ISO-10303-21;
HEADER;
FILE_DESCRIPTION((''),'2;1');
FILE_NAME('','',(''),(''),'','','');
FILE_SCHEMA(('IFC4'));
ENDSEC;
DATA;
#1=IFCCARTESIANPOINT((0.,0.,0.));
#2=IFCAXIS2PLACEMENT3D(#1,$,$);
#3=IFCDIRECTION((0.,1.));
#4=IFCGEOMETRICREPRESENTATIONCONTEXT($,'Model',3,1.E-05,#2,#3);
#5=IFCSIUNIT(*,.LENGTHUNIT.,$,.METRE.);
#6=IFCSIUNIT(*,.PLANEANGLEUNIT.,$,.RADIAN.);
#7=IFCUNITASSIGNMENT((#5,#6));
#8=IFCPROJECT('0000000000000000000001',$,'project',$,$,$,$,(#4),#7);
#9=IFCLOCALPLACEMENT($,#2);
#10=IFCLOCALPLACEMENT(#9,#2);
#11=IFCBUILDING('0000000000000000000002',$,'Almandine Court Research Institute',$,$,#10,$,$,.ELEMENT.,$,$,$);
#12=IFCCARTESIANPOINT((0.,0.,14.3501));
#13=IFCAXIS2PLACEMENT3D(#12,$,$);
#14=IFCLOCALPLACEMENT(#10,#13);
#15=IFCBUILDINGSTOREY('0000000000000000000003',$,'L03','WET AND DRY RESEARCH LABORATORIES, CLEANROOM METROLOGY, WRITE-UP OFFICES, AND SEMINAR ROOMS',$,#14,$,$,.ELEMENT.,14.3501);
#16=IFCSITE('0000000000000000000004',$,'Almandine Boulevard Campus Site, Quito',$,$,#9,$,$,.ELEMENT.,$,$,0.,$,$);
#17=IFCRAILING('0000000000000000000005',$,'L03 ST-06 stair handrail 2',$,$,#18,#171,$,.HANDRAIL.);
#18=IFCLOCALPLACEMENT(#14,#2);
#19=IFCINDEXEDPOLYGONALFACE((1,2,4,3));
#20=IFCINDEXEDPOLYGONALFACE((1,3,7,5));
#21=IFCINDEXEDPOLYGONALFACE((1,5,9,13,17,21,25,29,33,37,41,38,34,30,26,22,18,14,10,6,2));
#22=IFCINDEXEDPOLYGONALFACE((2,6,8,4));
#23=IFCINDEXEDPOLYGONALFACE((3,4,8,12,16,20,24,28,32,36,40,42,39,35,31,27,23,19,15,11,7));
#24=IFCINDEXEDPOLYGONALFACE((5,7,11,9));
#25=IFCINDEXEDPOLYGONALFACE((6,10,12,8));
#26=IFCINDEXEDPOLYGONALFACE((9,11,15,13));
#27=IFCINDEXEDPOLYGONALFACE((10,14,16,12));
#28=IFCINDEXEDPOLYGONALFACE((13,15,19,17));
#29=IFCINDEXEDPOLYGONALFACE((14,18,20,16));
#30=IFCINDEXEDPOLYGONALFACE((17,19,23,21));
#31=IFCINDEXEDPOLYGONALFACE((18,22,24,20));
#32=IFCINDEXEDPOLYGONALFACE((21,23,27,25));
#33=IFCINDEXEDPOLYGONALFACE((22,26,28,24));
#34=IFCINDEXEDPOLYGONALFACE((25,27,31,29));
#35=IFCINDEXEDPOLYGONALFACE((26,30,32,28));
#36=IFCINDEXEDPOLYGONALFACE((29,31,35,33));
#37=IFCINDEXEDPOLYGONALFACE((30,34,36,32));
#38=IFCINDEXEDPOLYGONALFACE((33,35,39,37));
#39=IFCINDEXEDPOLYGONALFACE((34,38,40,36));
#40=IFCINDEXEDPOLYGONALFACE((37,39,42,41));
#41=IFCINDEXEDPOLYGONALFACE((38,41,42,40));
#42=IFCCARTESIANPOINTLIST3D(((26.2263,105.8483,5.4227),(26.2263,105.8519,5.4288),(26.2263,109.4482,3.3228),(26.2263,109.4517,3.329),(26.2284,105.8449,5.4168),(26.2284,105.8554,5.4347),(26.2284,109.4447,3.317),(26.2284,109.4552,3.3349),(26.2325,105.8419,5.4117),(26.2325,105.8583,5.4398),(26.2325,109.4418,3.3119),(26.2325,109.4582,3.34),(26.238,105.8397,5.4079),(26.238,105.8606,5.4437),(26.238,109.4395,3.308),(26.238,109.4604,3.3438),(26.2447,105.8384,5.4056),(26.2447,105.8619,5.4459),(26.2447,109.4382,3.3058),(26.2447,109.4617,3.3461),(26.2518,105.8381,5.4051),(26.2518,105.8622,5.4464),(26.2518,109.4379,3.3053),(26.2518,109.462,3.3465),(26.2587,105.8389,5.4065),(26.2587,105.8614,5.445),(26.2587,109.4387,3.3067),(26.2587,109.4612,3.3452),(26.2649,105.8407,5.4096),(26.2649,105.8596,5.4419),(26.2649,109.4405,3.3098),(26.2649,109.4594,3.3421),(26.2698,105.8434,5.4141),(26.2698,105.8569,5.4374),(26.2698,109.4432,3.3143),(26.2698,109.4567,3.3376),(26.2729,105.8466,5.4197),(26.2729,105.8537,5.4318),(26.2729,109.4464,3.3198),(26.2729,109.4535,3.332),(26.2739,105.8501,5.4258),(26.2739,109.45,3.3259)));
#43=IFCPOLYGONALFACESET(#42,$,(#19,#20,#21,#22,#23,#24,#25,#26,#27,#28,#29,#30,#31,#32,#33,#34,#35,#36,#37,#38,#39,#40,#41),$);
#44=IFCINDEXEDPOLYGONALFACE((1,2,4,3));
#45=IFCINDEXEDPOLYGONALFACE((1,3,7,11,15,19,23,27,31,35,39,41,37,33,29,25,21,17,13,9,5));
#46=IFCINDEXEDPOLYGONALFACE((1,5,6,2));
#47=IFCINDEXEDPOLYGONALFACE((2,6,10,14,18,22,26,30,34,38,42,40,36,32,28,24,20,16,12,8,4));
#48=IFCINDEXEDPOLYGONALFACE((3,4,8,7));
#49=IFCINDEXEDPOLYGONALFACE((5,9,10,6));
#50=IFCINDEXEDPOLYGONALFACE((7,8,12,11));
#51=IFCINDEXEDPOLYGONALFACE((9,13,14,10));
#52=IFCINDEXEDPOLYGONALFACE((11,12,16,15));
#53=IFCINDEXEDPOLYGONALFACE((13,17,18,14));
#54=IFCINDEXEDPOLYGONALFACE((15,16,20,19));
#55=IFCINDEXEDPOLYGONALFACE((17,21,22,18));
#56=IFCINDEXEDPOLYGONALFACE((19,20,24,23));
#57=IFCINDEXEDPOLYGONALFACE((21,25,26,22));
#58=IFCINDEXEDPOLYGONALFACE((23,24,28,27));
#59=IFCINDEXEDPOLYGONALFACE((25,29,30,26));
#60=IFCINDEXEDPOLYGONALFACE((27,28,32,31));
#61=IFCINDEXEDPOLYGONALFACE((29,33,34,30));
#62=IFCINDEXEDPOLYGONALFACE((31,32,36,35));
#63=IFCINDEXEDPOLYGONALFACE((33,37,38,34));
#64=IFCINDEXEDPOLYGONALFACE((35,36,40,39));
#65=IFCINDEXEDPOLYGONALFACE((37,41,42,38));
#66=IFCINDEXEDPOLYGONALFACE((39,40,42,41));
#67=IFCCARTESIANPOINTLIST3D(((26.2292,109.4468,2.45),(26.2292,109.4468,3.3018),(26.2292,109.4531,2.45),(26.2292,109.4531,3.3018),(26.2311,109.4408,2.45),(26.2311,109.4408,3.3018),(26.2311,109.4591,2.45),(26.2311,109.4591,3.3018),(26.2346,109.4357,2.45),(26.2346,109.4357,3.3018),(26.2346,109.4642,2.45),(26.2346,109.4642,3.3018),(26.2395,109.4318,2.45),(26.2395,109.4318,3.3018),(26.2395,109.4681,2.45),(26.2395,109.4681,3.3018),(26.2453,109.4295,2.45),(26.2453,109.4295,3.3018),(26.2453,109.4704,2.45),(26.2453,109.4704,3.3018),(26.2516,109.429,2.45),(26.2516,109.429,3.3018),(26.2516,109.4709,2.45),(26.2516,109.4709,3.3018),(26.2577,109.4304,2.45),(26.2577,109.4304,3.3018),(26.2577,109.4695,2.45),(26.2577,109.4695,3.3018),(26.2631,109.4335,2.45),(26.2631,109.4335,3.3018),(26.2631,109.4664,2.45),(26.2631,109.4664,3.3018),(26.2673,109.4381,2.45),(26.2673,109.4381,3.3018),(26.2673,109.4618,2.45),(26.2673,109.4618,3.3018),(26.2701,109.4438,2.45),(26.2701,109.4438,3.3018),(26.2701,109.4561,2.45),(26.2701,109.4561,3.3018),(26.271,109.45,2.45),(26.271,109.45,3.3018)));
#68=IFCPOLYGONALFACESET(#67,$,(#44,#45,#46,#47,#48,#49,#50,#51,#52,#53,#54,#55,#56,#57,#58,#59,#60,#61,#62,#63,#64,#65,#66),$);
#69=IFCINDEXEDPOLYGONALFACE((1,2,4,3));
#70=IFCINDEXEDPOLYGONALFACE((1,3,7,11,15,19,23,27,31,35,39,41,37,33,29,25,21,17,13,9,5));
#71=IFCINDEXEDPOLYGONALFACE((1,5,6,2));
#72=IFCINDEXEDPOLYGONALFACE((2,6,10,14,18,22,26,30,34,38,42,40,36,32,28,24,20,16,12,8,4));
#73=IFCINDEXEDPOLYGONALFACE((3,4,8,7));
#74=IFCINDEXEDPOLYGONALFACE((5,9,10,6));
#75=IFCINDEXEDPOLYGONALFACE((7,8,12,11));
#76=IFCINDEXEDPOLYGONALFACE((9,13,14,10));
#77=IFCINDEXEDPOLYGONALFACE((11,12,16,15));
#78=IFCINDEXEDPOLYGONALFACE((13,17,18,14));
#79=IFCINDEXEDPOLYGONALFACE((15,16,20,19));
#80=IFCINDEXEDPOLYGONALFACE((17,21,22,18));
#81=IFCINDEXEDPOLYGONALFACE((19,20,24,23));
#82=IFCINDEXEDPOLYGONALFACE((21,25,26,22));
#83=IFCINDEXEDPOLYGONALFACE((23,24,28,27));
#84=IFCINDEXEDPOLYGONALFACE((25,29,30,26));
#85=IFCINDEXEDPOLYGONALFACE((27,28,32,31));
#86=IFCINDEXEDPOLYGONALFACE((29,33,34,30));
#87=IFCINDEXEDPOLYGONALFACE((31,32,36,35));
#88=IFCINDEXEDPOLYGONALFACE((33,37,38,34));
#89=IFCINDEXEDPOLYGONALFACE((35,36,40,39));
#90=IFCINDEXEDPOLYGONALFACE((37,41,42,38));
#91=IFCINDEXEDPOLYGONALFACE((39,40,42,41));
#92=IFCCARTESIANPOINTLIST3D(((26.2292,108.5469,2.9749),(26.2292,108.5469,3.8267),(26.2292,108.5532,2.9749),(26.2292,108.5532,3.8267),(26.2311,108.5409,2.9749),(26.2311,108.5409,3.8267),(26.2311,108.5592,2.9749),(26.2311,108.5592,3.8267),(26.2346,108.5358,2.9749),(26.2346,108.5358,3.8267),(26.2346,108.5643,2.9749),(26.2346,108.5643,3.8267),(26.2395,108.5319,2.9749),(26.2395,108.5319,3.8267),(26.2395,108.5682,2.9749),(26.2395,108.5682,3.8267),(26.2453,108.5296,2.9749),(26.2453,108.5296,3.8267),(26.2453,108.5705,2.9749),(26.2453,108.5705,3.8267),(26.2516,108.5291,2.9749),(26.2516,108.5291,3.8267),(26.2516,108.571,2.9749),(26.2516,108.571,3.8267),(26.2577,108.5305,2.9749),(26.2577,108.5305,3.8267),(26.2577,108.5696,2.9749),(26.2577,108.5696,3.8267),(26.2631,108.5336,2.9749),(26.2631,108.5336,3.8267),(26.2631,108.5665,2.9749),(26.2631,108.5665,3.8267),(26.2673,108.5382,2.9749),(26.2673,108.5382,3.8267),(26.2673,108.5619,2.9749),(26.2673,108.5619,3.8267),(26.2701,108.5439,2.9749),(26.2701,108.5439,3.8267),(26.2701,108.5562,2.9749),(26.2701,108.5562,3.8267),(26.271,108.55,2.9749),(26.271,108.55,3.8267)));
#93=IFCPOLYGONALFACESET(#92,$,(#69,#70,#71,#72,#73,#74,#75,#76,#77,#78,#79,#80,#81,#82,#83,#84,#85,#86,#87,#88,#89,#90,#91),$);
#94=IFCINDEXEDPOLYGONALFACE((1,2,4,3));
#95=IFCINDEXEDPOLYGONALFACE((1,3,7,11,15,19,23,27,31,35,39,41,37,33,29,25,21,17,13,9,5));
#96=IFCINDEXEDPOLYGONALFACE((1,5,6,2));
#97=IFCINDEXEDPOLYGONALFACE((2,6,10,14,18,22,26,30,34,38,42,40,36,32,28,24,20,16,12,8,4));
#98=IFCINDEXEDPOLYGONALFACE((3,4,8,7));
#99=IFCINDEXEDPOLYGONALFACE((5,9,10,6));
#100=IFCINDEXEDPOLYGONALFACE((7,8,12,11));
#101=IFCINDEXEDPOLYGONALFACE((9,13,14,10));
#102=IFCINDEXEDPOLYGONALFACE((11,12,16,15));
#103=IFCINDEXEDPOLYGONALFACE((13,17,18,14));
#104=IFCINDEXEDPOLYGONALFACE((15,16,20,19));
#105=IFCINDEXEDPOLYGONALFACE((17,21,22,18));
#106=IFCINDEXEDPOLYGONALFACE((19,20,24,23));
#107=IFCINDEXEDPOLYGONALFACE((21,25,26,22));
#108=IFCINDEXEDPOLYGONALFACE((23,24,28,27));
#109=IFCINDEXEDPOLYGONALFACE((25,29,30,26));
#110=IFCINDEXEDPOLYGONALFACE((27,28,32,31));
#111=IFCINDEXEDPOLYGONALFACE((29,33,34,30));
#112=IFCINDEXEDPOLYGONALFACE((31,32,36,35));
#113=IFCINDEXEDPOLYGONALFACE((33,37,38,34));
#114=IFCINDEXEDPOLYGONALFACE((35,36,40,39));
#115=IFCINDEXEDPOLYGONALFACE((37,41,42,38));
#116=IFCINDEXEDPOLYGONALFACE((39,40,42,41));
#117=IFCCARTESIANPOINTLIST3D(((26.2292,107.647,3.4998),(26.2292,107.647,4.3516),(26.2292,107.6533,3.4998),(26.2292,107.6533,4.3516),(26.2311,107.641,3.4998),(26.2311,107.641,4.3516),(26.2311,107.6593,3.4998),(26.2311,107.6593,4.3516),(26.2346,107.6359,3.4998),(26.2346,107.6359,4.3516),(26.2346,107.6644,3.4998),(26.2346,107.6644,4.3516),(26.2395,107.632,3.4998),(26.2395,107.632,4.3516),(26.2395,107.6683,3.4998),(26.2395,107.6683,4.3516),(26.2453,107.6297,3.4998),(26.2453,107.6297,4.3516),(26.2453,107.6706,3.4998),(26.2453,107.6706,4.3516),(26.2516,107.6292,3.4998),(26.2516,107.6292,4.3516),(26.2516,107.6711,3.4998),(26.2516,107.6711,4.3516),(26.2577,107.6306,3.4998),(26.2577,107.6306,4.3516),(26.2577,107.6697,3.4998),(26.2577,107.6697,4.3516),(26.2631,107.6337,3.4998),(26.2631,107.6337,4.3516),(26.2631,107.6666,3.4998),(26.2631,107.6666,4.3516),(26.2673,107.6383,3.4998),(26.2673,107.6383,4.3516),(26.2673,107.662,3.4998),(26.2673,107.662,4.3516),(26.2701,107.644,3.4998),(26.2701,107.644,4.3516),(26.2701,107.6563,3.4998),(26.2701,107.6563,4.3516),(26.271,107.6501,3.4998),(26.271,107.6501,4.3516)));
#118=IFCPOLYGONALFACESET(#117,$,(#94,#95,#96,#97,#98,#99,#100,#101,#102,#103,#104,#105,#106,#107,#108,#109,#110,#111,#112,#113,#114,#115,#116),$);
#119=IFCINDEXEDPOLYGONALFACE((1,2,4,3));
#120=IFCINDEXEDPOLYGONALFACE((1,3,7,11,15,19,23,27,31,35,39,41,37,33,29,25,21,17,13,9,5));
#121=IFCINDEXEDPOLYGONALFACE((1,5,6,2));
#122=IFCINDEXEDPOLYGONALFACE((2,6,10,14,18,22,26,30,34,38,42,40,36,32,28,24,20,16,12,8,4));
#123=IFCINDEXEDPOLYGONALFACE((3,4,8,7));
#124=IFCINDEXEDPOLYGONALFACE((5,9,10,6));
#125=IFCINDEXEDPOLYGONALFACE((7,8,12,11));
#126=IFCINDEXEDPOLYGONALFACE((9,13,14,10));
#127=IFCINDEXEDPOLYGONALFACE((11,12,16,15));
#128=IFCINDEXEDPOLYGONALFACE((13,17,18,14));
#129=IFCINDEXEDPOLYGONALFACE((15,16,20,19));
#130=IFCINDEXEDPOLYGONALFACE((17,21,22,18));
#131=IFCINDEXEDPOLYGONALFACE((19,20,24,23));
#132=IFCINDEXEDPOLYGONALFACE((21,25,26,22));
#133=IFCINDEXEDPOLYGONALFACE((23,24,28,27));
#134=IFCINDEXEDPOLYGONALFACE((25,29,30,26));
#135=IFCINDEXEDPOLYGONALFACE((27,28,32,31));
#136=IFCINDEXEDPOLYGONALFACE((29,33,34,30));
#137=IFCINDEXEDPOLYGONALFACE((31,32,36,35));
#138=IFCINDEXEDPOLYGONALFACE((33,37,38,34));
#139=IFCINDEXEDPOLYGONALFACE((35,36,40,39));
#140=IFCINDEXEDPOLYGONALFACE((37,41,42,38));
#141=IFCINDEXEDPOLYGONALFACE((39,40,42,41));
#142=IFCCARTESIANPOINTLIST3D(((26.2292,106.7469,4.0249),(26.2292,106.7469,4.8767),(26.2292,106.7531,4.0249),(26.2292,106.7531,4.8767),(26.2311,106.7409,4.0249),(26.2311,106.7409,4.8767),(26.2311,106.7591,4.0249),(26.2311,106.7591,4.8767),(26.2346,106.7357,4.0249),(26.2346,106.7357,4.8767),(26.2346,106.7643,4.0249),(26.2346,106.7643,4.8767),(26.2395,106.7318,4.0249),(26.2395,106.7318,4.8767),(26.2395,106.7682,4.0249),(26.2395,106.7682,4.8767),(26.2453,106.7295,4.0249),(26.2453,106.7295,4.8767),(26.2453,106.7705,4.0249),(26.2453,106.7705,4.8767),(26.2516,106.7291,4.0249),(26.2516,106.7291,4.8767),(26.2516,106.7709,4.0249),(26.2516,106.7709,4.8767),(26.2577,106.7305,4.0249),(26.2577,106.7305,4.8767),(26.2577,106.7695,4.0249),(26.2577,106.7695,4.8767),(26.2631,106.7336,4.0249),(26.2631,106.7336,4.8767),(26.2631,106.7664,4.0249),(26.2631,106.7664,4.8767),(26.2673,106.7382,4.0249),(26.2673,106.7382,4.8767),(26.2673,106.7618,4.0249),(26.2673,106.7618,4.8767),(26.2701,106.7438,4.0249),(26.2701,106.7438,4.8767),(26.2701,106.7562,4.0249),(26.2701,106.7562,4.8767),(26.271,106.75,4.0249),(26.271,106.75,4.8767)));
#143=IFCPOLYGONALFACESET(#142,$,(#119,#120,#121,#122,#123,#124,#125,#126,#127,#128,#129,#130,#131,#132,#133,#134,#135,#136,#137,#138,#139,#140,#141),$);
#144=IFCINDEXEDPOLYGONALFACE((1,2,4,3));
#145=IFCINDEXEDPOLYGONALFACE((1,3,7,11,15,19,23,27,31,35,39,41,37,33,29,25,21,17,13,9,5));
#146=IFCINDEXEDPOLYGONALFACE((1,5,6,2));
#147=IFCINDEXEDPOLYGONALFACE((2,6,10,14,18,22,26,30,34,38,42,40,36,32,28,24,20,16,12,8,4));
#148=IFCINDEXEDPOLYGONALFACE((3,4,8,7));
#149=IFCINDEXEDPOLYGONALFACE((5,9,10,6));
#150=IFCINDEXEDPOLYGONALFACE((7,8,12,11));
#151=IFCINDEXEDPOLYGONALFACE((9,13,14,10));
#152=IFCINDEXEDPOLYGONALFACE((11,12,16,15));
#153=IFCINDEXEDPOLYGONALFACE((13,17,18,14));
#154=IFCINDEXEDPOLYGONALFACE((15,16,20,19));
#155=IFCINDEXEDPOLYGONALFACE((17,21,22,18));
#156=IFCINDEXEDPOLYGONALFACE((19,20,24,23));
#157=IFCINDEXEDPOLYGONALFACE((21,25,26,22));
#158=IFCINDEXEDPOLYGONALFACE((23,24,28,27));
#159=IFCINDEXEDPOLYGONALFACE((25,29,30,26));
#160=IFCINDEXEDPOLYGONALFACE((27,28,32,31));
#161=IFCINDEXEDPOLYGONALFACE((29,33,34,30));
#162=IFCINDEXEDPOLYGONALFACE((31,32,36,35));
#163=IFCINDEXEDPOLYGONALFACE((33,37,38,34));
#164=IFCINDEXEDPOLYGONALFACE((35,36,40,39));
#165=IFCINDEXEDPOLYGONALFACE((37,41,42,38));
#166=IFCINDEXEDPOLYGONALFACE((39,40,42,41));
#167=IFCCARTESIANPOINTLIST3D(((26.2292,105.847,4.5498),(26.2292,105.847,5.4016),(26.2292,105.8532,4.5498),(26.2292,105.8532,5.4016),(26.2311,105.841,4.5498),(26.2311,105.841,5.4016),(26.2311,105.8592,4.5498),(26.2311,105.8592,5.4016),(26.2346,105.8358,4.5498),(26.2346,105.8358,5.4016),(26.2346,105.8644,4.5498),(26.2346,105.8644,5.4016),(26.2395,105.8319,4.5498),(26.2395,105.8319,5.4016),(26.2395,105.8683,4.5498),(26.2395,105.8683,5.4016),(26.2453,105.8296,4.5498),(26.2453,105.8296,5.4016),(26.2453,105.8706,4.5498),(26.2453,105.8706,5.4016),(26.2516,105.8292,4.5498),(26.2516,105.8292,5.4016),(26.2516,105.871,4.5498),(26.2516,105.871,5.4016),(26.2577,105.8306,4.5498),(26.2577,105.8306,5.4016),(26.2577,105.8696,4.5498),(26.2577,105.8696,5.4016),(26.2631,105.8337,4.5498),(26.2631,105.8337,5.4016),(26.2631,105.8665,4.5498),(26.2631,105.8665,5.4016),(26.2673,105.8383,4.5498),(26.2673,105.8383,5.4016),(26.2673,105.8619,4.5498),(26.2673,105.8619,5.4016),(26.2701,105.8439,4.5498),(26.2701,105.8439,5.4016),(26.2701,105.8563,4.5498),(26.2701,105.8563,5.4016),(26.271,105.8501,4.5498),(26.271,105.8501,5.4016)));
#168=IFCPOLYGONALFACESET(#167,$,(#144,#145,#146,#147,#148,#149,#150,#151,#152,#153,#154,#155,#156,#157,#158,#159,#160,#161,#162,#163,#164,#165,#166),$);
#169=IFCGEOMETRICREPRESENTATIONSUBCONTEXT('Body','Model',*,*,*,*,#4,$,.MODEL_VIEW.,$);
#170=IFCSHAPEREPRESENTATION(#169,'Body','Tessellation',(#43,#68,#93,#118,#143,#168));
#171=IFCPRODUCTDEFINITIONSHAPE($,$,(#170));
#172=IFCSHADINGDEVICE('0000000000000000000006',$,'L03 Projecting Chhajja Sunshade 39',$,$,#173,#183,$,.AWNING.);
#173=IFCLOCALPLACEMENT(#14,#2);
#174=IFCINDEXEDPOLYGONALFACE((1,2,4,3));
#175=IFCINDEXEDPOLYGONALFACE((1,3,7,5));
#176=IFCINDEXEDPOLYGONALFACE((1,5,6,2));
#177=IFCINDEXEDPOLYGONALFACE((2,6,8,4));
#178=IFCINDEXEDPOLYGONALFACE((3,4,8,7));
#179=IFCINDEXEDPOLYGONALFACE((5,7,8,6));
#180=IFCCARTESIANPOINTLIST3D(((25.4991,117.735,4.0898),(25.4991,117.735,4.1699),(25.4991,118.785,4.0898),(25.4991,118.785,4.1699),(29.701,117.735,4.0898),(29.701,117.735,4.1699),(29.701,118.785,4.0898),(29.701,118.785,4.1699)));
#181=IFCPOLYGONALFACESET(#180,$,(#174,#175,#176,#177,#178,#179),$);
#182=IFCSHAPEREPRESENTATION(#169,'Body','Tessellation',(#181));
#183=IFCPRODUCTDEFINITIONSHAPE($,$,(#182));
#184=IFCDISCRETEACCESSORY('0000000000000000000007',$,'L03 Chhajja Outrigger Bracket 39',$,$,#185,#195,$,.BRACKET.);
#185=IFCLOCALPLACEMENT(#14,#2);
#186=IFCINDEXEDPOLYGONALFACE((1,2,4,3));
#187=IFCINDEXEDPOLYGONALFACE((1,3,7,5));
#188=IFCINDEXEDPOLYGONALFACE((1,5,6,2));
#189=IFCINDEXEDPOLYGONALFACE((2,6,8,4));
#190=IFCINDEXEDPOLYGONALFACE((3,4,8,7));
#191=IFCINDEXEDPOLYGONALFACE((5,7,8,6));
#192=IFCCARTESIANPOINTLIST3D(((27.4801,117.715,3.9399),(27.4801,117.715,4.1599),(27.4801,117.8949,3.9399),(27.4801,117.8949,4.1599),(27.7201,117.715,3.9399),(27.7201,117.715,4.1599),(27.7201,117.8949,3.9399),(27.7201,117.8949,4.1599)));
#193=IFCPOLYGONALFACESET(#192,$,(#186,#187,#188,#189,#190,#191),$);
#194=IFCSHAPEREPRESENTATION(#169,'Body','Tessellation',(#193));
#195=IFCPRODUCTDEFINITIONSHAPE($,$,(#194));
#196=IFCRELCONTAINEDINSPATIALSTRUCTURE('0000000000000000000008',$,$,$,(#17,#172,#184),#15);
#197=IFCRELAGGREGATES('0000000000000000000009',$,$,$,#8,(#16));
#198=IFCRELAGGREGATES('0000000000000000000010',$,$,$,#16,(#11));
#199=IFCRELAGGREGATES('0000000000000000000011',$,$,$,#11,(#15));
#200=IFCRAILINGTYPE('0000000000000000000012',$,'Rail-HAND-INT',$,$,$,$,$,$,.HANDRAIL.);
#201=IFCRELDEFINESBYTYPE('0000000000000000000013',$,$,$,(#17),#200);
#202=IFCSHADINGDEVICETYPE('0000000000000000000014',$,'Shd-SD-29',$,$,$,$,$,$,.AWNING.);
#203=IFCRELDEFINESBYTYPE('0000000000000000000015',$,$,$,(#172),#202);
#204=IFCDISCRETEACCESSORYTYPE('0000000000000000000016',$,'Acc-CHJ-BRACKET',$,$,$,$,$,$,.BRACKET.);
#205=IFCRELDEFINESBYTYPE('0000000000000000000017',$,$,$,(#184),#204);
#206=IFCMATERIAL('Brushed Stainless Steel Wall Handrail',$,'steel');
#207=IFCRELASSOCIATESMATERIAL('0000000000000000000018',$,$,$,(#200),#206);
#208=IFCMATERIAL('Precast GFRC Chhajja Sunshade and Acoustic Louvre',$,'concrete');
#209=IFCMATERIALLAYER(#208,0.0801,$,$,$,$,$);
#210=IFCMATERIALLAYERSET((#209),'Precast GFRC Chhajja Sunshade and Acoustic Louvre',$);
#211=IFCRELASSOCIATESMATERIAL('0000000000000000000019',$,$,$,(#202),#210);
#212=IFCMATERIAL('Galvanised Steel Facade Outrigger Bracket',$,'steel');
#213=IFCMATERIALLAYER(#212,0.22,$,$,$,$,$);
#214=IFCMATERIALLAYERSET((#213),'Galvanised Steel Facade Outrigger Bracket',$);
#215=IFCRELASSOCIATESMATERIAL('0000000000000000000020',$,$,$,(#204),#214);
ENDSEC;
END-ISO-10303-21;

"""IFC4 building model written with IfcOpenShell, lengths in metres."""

from ifc_helpers import new_model, si_unit, direction, frame, origin, origin_2d, place, context, subcontext, project, spatial, rectangle, circle, extrude, material, layer, layer_set, type_object, element, save


model = new_model("IFC4")

# Units and contexts
model_context = context("Model", 3, precision=1e-05, world=origin(), true_north=direction((0.0, 1.0)))
body_context = subcontext(model_context, "Body", "Model", "MODEL_VIEW")
ifc_project = project(units=[si_unit("LENGTHUNIT", "METRE"), si_unit("PLANEANGLEUNIT", "RADIAN")], contexts=[model_context])

# Site, building, storey
site_placement = place(None, origin())
site = spatial("IfcSite", under=ifc_project, at=site_placement, Name="Almandine Boulevard Campus Site, Quito", CompositionType="ELEMENT", RefElevation=0.0)
building_placement = place(site_placement, origin())
building = spatial("IfcBuilding", under=site, at=building_placement, Name="Almandine Court Research Institute", CompositionType="ELEMENT")
storey_placement = place(building_placement, frame((0.0, 0.0, 14.3501)))
storey = spatial("IfcBuildingStorey", under=building, at=storey_placement, Name="L03", Description="WET AND DRY RESEARCH LABORATORIES, CLEANROOM METROLOGY, WRITE-UP OFFICES, AND SEMINAR ROOMS", CompositionType="ELEMENT", Elevation=14.3501)

# Railing
ifc_material_1 = material(Name="Brushed Stainless Steel Wall Handrail", Category="steel")
railing_type_1 = type_object("IfcRailingType", Name="Rail-HAND-INT", PredefinedType="HANDRAIL", material=ifc_material_1)
railing_1_placement = place(storey_placement, frame((26.25, 109.45, 2.45)))
element("IfcRailing", 1, at=railing_1_placement, inside=storey, type_object=railing_type_1, Name="L03 ST-06 stair handrail 2", PredefinedType="HANDRAIL", context=body_context, shape_type="SweptSolid", body=[
    extrude(circle(Radius=0.0239, at=origin_2d()), frame((0.0, 0.0, 0.876), z_axis=(0.0, -0.863785, 0.50386), x_axis=(1.0, 0.0, 0.0)), (0.0, 0.0, 1.0), 4.1675),
    extrude(circle(Radius=0.021, at=origin_2d()), origin(), (0.0, 0.0, 1.0), 0.8518),
    extrude(circle(Radius=0.021, at=origin_2d()), frame((0.0, -0.8999, 0.5249)), (0.0, 0.0, 1.0), 0.8518),
    extrude(circle(Radius=0.021, at=origin_2d()), frame((0.0, -1.7998, 1.0498)), (0.0, 0.0, 1.0), 0.8518),
    extrude(circle(Radius=0.021, at=origin_2d()), frame((0.0, -2.7, 1.575)), (0.0, 0.0, 1.0), 0.8518),
    extrude(circle(Radius=0.021, at=origin_2d()), frame((0.0, -3.5999, 2.0999)), (0.0, 0.0, 1.0), 0.8518),
])

# Shading device
ifc_material_2 = material(Name="Precast GFRC Chhajja Sunshade and Acoustic Louvre", Category="concrete")
ifc_layer_1 = layer(ifc_material_2, 0.0801)
ifc_layer_set_1 = layer_set([ifc_layer_1], Name="Precast GFRC Chhajja Sunshade and Acoustic Louvre")
shading_device_type = type_object("IfcShadingDeviceType", Name="Shd-SD-29", PredefinedType="AWNING", material=ifc_layer_set_1)
shading_device_placement = place(storey_placement, frame((27.6001, 118.26, 4.0898), z_axis=(0.0, 0.0, 1.0), x_axis=(1.0, 0.0, 0.0)))
element("IfcShadingDevice", 2, at=shading_device_placement, inside=storey, type_object=shading_device_type, Name="L03 Projecting Chhajja Sunshade 39", PredefinedType="AWNING", context=body_context, shape_type="SweptSolid", body=[
    extrude(rectangle(XDim=4.2019, YDim=1.05, at=origin_2d()), origin(), (0.0, 0.0, 1.0), 0.0801),
])

# Discrete accessory
ifc_material_3 = material(Name="Galvanised Steel Facade Outrigger Bracket", Category="steel")
ifc_layer_2 = layer(ifc_material_3, 0.22)
ifc_layer_set_2 = layer_set([ifc_layer_2], Name="Galvanised Steel Facade Outrigger Bracket")
discrete_accessory_type = type_object("IfcDiscreteAccessoryType", Name="Acc-CHJ-BRACKET", PredefinedType="BRACKET", material=ifc_layer_set_2)
discrete_accessory_placement = place(storey_placement, frame((27.6001, 117.8049, 3.9399), z_axis=(0.0, 0.0, 1.0), x_axis=(1.0, 0.0, 0.0)))
element("IfcDiscreteAccessory", 3, at=discrete_accessory_placement, inside=storey, type_object=discrete_accessory_type, Name="L03 Chhajja Outrigger Bracket 39", PredefinedType="BRACKET", context=body_context, shape_type="SweptSolid", body=[
    extrude(rectangle(XDim=0.24, YDim=0.1799, at=origin_2d()), origin(), (0.0, 0.0, 1.0), 0.22),
])

save(model, "model.ifc")
